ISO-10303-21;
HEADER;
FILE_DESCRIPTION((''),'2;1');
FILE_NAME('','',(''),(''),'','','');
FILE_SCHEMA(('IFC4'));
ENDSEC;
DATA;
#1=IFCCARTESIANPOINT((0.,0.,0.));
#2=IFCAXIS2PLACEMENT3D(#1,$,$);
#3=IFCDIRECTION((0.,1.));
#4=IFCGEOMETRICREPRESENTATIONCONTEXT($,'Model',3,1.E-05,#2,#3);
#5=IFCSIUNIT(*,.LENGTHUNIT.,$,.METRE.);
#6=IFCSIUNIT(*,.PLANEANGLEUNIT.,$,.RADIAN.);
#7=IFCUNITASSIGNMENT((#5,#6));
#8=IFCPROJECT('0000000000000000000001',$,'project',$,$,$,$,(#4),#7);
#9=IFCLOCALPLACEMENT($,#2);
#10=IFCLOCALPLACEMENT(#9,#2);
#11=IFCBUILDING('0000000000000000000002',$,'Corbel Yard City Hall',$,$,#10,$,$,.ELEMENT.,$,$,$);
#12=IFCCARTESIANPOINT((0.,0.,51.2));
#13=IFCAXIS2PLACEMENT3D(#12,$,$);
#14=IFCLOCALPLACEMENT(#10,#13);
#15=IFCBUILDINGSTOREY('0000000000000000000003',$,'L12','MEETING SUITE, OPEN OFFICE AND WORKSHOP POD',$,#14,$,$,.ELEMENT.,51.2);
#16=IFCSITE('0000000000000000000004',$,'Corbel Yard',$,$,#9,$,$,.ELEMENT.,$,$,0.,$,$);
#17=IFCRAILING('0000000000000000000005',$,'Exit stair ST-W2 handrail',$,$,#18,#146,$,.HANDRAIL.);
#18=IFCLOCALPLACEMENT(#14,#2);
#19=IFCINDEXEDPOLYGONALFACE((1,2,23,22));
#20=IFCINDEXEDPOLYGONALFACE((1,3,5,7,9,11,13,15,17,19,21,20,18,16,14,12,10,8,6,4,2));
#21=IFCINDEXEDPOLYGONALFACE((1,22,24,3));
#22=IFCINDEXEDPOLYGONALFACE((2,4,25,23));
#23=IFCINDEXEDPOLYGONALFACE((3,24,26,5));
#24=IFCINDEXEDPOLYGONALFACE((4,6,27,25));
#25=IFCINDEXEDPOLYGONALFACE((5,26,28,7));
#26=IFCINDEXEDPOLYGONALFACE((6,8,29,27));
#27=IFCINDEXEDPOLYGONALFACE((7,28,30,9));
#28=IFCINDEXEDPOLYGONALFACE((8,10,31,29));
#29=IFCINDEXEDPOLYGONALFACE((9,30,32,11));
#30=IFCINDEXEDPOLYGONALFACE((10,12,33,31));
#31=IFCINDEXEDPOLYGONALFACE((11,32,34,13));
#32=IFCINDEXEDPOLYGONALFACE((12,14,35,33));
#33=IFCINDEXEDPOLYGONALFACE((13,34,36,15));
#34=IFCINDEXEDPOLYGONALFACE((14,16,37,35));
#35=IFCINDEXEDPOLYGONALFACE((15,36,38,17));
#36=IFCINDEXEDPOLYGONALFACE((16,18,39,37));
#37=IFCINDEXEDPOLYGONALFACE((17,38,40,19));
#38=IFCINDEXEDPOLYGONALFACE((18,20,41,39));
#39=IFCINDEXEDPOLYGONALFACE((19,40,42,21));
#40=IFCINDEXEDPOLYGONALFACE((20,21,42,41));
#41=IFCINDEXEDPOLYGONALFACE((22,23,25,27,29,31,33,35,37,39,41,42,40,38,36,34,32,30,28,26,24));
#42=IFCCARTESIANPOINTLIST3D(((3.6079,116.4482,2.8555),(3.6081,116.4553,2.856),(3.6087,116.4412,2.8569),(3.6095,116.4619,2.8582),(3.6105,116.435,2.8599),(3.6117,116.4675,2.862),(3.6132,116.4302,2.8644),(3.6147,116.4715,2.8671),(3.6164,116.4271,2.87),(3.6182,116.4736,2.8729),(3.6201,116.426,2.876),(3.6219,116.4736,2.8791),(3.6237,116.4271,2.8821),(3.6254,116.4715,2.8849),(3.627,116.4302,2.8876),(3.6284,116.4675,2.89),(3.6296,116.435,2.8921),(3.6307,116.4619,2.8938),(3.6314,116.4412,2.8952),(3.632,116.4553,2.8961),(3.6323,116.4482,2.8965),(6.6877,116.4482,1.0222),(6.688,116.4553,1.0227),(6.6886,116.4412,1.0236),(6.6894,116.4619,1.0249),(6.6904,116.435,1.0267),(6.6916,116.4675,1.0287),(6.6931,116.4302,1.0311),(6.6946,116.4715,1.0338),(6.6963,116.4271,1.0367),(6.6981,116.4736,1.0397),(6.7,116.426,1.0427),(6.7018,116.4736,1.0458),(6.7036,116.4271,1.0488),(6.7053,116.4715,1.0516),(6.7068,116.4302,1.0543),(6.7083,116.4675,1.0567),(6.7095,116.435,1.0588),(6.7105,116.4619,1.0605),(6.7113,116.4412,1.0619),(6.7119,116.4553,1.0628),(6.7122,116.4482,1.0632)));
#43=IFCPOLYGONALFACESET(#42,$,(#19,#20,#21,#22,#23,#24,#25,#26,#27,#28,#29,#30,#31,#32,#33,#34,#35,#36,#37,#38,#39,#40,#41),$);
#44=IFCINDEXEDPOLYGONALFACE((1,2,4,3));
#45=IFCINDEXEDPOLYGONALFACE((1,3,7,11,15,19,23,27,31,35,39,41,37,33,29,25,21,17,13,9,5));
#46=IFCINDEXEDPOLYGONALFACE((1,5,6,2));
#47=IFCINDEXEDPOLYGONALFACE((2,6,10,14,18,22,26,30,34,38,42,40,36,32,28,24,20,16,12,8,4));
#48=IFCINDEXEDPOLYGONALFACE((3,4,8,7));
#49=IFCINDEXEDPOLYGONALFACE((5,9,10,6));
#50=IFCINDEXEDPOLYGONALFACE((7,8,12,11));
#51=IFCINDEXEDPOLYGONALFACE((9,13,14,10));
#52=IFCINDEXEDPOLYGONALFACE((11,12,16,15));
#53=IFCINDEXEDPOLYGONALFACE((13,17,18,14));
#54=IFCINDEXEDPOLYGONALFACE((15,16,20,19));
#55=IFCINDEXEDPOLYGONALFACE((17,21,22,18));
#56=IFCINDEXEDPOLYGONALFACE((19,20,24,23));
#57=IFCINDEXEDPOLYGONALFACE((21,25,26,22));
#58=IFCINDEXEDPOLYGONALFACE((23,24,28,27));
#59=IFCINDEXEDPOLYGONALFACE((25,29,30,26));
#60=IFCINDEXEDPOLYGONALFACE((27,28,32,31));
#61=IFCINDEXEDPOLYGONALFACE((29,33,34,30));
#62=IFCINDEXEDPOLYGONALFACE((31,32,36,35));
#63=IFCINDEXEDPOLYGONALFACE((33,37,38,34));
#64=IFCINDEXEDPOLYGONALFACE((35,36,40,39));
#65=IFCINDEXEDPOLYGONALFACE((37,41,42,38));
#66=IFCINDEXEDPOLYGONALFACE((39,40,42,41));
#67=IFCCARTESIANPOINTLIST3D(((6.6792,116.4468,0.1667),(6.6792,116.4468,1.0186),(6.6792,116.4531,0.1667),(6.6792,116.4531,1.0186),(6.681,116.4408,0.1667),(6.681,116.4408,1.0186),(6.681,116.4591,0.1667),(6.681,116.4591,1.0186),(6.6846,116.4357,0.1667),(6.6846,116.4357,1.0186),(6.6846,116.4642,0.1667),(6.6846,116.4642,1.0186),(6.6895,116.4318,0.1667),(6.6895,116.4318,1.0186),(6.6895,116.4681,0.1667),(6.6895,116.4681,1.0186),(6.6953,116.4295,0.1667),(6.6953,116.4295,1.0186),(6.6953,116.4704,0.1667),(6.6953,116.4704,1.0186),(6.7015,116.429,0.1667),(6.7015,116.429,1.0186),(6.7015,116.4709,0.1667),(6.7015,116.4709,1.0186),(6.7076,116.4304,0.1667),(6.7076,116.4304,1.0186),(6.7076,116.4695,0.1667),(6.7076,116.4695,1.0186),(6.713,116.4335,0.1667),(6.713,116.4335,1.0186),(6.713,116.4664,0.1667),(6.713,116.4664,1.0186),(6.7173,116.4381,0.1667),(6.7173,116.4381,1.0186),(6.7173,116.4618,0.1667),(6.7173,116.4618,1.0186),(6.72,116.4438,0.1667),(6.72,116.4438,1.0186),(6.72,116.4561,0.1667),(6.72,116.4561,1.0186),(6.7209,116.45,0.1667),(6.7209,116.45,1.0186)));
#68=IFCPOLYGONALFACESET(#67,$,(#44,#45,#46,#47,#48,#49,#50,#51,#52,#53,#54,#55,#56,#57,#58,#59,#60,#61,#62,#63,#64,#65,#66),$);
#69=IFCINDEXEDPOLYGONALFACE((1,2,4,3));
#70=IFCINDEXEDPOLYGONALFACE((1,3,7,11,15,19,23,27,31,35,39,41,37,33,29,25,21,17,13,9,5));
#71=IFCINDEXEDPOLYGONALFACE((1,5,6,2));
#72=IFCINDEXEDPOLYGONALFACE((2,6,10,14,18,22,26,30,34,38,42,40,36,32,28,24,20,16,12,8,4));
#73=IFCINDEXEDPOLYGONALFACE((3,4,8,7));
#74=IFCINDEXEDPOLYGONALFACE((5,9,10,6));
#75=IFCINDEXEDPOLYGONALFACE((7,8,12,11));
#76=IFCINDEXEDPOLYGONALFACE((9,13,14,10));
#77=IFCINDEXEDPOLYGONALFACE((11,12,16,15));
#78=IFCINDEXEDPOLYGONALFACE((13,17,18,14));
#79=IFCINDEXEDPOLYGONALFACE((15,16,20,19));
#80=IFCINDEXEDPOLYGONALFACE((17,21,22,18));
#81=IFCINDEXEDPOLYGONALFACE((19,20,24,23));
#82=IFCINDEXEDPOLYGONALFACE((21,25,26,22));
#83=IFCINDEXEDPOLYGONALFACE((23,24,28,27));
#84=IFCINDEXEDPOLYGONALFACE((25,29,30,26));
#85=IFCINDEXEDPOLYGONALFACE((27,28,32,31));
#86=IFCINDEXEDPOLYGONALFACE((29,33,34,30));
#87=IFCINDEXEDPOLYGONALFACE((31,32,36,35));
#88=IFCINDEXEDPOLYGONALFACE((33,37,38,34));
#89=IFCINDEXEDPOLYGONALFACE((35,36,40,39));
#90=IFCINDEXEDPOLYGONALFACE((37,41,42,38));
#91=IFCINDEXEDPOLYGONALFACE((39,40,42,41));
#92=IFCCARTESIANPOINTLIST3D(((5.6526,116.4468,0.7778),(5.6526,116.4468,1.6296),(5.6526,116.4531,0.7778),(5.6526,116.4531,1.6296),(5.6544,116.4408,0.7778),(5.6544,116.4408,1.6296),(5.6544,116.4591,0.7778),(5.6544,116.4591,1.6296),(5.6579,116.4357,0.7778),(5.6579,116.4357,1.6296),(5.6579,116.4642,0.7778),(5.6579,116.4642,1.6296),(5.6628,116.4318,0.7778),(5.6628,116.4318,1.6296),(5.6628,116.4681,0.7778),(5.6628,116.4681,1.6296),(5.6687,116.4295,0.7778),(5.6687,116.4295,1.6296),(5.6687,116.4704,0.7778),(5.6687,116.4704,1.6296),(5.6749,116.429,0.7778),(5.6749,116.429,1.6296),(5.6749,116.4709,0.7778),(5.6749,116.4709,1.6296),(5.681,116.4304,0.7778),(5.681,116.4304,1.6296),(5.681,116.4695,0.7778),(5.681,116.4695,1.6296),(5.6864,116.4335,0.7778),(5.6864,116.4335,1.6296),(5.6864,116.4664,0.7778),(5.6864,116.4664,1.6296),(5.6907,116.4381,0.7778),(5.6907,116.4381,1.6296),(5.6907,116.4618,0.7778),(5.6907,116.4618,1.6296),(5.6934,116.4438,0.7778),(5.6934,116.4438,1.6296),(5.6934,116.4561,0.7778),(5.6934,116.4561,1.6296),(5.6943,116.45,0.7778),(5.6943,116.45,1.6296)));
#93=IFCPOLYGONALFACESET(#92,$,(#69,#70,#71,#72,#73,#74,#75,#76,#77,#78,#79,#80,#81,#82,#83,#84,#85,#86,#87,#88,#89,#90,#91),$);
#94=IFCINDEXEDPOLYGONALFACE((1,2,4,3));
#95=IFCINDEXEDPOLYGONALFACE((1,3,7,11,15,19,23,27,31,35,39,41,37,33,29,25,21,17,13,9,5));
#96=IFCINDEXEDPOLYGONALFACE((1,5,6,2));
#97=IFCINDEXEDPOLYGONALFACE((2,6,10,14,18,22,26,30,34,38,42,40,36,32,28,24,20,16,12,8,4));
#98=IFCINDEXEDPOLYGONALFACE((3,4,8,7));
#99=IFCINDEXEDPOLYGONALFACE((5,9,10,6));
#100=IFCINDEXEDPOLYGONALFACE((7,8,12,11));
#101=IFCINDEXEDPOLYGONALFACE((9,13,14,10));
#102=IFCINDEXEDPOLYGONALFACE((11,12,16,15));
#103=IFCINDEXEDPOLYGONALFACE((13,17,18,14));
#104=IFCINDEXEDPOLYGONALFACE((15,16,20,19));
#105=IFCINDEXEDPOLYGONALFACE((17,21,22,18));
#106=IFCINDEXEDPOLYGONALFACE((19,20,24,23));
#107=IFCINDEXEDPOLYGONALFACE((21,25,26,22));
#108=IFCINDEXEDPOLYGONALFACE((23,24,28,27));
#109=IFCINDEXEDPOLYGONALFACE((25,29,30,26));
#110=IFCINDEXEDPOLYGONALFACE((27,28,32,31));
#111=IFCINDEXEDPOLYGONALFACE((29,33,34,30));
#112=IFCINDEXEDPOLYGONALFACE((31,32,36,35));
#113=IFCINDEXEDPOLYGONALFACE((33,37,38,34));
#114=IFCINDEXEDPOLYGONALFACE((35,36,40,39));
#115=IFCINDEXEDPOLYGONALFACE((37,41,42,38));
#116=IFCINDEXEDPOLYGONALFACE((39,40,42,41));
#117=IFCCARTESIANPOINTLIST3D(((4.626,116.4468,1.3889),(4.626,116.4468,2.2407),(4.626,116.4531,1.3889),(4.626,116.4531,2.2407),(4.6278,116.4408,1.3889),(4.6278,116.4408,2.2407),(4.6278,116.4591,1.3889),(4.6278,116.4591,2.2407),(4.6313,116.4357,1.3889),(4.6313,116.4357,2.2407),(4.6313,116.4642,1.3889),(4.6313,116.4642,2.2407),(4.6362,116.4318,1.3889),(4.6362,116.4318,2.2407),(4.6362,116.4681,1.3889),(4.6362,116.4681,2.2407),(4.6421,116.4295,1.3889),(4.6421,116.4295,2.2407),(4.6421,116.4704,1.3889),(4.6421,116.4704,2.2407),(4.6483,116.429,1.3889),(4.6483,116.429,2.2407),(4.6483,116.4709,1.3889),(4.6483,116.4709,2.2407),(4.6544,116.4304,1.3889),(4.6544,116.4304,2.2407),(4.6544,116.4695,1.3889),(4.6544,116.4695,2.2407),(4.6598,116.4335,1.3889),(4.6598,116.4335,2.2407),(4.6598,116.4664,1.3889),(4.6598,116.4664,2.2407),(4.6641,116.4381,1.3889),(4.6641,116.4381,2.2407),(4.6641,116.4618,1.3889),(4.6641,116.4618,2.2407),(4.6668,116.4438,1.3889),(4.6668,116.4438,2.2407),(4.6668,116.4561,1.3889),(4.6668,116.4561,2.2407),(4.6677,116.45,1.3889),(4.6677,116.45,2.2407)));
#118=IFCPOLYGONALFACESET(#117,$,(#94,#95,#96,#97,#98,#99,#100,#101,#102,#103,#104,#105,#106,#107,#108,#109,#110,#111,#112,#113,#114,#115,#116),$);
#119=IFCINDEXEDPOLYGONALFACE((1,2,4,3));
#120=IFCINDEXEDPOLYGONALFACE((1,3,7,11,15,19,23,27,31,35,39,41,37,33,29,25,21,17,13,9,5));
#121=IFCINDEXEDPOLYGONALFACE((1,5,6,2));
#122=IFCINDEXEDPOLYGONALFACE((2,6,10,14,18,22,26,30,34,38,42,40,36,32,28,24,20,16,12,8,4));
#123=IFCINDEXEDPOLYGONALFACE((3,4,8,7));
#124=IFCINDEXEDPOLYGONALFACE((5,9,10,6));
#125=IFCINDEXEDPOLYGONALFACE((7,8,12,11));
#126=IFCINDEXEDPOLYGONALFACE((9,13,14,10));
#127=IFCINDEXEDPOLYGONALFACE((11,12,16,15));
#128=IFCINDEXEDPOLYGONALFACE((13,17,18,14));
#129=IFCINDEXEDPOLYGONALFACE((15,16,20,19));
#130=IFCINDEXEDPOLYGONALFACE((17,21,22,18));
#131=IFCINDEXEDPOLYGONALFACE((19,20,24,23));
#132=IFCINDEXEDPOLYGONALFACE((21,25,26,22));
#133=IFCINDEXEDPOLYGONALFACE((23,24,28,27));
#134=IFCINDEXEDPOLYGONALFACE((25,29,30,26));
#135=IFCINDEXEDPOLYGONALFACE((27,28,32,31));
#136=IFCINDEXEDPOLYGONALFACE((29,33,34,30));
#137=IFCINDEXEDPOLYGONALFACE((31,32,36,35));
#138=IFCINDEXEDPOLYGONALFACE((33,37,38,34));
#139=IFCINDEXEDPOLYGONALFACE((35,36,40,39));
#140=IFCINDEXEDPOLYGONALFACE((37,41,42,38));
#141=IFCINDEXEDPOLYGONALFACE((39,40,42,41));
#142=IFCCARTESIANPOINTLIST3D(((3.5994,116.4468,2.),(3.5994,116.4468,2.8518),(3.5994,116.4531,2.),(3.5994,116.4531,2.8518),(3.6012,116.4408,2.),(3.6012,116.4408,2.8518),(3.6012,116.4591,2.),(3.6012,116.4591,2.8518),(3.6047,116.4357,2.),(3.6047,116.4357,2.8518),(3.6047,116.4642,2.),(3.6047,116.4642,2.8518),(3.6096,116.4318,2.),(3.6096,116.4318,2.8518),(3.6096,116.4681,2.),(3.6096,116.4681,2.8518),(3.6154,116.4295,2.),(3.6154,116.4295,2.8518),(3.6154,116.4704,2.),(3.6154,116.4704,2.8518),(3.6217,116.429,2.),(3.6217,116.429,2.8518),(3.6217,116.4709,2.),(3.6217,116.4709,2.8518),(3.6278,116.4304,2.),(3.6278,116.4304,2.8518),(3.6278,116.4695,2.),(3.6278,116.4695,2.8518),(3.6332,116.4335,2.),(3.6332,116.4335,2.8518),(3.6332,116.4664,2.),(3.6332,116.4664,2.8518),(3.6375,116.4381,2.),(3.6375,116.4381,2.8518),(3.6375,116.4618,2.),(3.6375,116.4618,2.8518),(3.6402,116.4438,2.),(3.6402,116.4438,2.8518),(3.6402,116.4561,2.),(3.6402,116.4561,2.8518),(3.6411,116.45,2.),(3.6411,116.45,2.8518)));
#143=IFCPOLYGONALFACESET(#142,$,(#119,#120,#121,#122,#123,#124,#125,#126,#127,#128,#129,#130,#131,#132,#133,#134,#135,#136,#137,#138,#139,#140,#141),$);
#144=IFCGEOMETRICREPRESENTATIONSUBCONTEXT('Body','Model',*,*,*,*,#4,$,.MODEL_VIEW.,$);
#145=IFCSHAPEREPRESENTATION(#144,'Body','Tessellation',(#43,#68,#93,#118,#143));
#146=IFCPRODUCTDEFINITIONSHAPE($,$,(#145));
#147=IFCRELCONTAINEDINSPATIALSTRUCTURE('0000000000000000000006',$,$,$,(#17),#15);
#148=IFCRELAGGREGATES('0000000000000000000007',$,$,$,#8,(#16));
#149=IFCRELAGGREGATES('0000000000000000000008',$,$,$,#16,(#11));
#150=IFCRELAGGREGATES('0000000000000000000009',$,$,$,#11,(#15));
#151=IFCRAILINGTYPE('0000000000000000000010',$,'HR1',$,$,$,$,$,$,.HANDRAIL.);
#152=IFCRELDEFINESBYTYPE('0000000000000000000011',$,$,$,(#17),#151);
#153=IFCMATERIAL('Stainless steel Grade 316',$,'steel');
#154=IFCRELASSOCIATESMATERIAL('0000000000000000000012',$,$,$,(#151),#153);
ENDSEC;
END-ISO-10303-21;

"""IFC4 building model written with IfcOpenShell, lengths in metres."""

from ifc_helpers import new_model, si_unit, direction, frame, origin, origin_2d, place, context, subcontext, project, spatial, circle, extrude, material, type_object, element, save


model = new_model("IFC4")

# Units and contexts
model_context = context("Model", 3, precision=1e-05, world=origin(), true_north=direction((0.0, 1.0)))
body_context = subcontext(model_context, "Body", "Model", "MODEL_VIEW")
ifc_project = project(units=[si_unit("LENGTHUNIT", "METRE"), si_unit("PLANEANGLEUNIT", "RADIAN")], contexts=[model_context])

# Site, building, storey
site_placement = place(None, origin())
site = spatial("IfcSite", under=ifc_project, at=site_placement, Name="Corbel Yard", CompositionType="ELEMENT", RefElevation=0.0)
building_placement = place(site_placement, origin())
building = spatial("IfcBuilding", under=site, at=building_placement, Name="Corbel Yard City Hall", CompositionType="ELEMENT")
storey_placement = place(building_placement, frame((0.0, 0.0, 51.2)))
storey = spatial("IfcBuildingStorey", under=building, at=storey_placement, Name="L12", Description="MEETING SUITE, OPEN OFFICE AND WORKSHOP POD", CompositionType="ELEMENT", Elevation=51.2)

# Railing
ifc_material_1 = material(Name="Stainless steel Grade 316", Category="steel")
railing_type = type_object("IfcRailingType", Name="HR1", PredefinedType="HANDRAIL", material=ifc_material_1)
for number, where, name in (
    (1, (6.7, 116.45, 0.1667), "Exit stair ST-W2 handrail"),
):
    element("IfcRailing", number, at=place(storey_placement, frame(where)), inside=storey, type_object=railing_type, Name=name, PredefinedType="HANDRAIL", context=body_context, shape_type="SweptSolid", body=[
        extrude(circle(Radius=0.0239, at=origin_2d()), frame((0.0, 0.0, 0.876), z_axis=(-0.859291, 0.0, 0.511487), x_axis=(0.0, -1.0, 0.0)), (0.0, 0.0, 1.0), 3.5842),
        extrude(circle(Radius=0.021, at=origin_2d()), origin(), (0.0, 0.0, 1.0), 0.8518),
        extrude(circle(Radius=0.021, at=origin_2d()), frame((-1.0266, 0.0, 0.6111)), (0.0, 0.0, 1.0), 0.8518),
        extrude(circle(Radius=0.021, at=origin_2d()), frame((-2.0532, 0.0, 1.2222)), (0.0, 0.0, 1.0), 0.8518),
        extrude(circle(Radius=0.021, at=origin_2d()), frame((-3.0798, 0.0, 1.8333)), (0.0, 0.0, 1.0), 0.8518),
    ])

save(model, "model.ifc")
